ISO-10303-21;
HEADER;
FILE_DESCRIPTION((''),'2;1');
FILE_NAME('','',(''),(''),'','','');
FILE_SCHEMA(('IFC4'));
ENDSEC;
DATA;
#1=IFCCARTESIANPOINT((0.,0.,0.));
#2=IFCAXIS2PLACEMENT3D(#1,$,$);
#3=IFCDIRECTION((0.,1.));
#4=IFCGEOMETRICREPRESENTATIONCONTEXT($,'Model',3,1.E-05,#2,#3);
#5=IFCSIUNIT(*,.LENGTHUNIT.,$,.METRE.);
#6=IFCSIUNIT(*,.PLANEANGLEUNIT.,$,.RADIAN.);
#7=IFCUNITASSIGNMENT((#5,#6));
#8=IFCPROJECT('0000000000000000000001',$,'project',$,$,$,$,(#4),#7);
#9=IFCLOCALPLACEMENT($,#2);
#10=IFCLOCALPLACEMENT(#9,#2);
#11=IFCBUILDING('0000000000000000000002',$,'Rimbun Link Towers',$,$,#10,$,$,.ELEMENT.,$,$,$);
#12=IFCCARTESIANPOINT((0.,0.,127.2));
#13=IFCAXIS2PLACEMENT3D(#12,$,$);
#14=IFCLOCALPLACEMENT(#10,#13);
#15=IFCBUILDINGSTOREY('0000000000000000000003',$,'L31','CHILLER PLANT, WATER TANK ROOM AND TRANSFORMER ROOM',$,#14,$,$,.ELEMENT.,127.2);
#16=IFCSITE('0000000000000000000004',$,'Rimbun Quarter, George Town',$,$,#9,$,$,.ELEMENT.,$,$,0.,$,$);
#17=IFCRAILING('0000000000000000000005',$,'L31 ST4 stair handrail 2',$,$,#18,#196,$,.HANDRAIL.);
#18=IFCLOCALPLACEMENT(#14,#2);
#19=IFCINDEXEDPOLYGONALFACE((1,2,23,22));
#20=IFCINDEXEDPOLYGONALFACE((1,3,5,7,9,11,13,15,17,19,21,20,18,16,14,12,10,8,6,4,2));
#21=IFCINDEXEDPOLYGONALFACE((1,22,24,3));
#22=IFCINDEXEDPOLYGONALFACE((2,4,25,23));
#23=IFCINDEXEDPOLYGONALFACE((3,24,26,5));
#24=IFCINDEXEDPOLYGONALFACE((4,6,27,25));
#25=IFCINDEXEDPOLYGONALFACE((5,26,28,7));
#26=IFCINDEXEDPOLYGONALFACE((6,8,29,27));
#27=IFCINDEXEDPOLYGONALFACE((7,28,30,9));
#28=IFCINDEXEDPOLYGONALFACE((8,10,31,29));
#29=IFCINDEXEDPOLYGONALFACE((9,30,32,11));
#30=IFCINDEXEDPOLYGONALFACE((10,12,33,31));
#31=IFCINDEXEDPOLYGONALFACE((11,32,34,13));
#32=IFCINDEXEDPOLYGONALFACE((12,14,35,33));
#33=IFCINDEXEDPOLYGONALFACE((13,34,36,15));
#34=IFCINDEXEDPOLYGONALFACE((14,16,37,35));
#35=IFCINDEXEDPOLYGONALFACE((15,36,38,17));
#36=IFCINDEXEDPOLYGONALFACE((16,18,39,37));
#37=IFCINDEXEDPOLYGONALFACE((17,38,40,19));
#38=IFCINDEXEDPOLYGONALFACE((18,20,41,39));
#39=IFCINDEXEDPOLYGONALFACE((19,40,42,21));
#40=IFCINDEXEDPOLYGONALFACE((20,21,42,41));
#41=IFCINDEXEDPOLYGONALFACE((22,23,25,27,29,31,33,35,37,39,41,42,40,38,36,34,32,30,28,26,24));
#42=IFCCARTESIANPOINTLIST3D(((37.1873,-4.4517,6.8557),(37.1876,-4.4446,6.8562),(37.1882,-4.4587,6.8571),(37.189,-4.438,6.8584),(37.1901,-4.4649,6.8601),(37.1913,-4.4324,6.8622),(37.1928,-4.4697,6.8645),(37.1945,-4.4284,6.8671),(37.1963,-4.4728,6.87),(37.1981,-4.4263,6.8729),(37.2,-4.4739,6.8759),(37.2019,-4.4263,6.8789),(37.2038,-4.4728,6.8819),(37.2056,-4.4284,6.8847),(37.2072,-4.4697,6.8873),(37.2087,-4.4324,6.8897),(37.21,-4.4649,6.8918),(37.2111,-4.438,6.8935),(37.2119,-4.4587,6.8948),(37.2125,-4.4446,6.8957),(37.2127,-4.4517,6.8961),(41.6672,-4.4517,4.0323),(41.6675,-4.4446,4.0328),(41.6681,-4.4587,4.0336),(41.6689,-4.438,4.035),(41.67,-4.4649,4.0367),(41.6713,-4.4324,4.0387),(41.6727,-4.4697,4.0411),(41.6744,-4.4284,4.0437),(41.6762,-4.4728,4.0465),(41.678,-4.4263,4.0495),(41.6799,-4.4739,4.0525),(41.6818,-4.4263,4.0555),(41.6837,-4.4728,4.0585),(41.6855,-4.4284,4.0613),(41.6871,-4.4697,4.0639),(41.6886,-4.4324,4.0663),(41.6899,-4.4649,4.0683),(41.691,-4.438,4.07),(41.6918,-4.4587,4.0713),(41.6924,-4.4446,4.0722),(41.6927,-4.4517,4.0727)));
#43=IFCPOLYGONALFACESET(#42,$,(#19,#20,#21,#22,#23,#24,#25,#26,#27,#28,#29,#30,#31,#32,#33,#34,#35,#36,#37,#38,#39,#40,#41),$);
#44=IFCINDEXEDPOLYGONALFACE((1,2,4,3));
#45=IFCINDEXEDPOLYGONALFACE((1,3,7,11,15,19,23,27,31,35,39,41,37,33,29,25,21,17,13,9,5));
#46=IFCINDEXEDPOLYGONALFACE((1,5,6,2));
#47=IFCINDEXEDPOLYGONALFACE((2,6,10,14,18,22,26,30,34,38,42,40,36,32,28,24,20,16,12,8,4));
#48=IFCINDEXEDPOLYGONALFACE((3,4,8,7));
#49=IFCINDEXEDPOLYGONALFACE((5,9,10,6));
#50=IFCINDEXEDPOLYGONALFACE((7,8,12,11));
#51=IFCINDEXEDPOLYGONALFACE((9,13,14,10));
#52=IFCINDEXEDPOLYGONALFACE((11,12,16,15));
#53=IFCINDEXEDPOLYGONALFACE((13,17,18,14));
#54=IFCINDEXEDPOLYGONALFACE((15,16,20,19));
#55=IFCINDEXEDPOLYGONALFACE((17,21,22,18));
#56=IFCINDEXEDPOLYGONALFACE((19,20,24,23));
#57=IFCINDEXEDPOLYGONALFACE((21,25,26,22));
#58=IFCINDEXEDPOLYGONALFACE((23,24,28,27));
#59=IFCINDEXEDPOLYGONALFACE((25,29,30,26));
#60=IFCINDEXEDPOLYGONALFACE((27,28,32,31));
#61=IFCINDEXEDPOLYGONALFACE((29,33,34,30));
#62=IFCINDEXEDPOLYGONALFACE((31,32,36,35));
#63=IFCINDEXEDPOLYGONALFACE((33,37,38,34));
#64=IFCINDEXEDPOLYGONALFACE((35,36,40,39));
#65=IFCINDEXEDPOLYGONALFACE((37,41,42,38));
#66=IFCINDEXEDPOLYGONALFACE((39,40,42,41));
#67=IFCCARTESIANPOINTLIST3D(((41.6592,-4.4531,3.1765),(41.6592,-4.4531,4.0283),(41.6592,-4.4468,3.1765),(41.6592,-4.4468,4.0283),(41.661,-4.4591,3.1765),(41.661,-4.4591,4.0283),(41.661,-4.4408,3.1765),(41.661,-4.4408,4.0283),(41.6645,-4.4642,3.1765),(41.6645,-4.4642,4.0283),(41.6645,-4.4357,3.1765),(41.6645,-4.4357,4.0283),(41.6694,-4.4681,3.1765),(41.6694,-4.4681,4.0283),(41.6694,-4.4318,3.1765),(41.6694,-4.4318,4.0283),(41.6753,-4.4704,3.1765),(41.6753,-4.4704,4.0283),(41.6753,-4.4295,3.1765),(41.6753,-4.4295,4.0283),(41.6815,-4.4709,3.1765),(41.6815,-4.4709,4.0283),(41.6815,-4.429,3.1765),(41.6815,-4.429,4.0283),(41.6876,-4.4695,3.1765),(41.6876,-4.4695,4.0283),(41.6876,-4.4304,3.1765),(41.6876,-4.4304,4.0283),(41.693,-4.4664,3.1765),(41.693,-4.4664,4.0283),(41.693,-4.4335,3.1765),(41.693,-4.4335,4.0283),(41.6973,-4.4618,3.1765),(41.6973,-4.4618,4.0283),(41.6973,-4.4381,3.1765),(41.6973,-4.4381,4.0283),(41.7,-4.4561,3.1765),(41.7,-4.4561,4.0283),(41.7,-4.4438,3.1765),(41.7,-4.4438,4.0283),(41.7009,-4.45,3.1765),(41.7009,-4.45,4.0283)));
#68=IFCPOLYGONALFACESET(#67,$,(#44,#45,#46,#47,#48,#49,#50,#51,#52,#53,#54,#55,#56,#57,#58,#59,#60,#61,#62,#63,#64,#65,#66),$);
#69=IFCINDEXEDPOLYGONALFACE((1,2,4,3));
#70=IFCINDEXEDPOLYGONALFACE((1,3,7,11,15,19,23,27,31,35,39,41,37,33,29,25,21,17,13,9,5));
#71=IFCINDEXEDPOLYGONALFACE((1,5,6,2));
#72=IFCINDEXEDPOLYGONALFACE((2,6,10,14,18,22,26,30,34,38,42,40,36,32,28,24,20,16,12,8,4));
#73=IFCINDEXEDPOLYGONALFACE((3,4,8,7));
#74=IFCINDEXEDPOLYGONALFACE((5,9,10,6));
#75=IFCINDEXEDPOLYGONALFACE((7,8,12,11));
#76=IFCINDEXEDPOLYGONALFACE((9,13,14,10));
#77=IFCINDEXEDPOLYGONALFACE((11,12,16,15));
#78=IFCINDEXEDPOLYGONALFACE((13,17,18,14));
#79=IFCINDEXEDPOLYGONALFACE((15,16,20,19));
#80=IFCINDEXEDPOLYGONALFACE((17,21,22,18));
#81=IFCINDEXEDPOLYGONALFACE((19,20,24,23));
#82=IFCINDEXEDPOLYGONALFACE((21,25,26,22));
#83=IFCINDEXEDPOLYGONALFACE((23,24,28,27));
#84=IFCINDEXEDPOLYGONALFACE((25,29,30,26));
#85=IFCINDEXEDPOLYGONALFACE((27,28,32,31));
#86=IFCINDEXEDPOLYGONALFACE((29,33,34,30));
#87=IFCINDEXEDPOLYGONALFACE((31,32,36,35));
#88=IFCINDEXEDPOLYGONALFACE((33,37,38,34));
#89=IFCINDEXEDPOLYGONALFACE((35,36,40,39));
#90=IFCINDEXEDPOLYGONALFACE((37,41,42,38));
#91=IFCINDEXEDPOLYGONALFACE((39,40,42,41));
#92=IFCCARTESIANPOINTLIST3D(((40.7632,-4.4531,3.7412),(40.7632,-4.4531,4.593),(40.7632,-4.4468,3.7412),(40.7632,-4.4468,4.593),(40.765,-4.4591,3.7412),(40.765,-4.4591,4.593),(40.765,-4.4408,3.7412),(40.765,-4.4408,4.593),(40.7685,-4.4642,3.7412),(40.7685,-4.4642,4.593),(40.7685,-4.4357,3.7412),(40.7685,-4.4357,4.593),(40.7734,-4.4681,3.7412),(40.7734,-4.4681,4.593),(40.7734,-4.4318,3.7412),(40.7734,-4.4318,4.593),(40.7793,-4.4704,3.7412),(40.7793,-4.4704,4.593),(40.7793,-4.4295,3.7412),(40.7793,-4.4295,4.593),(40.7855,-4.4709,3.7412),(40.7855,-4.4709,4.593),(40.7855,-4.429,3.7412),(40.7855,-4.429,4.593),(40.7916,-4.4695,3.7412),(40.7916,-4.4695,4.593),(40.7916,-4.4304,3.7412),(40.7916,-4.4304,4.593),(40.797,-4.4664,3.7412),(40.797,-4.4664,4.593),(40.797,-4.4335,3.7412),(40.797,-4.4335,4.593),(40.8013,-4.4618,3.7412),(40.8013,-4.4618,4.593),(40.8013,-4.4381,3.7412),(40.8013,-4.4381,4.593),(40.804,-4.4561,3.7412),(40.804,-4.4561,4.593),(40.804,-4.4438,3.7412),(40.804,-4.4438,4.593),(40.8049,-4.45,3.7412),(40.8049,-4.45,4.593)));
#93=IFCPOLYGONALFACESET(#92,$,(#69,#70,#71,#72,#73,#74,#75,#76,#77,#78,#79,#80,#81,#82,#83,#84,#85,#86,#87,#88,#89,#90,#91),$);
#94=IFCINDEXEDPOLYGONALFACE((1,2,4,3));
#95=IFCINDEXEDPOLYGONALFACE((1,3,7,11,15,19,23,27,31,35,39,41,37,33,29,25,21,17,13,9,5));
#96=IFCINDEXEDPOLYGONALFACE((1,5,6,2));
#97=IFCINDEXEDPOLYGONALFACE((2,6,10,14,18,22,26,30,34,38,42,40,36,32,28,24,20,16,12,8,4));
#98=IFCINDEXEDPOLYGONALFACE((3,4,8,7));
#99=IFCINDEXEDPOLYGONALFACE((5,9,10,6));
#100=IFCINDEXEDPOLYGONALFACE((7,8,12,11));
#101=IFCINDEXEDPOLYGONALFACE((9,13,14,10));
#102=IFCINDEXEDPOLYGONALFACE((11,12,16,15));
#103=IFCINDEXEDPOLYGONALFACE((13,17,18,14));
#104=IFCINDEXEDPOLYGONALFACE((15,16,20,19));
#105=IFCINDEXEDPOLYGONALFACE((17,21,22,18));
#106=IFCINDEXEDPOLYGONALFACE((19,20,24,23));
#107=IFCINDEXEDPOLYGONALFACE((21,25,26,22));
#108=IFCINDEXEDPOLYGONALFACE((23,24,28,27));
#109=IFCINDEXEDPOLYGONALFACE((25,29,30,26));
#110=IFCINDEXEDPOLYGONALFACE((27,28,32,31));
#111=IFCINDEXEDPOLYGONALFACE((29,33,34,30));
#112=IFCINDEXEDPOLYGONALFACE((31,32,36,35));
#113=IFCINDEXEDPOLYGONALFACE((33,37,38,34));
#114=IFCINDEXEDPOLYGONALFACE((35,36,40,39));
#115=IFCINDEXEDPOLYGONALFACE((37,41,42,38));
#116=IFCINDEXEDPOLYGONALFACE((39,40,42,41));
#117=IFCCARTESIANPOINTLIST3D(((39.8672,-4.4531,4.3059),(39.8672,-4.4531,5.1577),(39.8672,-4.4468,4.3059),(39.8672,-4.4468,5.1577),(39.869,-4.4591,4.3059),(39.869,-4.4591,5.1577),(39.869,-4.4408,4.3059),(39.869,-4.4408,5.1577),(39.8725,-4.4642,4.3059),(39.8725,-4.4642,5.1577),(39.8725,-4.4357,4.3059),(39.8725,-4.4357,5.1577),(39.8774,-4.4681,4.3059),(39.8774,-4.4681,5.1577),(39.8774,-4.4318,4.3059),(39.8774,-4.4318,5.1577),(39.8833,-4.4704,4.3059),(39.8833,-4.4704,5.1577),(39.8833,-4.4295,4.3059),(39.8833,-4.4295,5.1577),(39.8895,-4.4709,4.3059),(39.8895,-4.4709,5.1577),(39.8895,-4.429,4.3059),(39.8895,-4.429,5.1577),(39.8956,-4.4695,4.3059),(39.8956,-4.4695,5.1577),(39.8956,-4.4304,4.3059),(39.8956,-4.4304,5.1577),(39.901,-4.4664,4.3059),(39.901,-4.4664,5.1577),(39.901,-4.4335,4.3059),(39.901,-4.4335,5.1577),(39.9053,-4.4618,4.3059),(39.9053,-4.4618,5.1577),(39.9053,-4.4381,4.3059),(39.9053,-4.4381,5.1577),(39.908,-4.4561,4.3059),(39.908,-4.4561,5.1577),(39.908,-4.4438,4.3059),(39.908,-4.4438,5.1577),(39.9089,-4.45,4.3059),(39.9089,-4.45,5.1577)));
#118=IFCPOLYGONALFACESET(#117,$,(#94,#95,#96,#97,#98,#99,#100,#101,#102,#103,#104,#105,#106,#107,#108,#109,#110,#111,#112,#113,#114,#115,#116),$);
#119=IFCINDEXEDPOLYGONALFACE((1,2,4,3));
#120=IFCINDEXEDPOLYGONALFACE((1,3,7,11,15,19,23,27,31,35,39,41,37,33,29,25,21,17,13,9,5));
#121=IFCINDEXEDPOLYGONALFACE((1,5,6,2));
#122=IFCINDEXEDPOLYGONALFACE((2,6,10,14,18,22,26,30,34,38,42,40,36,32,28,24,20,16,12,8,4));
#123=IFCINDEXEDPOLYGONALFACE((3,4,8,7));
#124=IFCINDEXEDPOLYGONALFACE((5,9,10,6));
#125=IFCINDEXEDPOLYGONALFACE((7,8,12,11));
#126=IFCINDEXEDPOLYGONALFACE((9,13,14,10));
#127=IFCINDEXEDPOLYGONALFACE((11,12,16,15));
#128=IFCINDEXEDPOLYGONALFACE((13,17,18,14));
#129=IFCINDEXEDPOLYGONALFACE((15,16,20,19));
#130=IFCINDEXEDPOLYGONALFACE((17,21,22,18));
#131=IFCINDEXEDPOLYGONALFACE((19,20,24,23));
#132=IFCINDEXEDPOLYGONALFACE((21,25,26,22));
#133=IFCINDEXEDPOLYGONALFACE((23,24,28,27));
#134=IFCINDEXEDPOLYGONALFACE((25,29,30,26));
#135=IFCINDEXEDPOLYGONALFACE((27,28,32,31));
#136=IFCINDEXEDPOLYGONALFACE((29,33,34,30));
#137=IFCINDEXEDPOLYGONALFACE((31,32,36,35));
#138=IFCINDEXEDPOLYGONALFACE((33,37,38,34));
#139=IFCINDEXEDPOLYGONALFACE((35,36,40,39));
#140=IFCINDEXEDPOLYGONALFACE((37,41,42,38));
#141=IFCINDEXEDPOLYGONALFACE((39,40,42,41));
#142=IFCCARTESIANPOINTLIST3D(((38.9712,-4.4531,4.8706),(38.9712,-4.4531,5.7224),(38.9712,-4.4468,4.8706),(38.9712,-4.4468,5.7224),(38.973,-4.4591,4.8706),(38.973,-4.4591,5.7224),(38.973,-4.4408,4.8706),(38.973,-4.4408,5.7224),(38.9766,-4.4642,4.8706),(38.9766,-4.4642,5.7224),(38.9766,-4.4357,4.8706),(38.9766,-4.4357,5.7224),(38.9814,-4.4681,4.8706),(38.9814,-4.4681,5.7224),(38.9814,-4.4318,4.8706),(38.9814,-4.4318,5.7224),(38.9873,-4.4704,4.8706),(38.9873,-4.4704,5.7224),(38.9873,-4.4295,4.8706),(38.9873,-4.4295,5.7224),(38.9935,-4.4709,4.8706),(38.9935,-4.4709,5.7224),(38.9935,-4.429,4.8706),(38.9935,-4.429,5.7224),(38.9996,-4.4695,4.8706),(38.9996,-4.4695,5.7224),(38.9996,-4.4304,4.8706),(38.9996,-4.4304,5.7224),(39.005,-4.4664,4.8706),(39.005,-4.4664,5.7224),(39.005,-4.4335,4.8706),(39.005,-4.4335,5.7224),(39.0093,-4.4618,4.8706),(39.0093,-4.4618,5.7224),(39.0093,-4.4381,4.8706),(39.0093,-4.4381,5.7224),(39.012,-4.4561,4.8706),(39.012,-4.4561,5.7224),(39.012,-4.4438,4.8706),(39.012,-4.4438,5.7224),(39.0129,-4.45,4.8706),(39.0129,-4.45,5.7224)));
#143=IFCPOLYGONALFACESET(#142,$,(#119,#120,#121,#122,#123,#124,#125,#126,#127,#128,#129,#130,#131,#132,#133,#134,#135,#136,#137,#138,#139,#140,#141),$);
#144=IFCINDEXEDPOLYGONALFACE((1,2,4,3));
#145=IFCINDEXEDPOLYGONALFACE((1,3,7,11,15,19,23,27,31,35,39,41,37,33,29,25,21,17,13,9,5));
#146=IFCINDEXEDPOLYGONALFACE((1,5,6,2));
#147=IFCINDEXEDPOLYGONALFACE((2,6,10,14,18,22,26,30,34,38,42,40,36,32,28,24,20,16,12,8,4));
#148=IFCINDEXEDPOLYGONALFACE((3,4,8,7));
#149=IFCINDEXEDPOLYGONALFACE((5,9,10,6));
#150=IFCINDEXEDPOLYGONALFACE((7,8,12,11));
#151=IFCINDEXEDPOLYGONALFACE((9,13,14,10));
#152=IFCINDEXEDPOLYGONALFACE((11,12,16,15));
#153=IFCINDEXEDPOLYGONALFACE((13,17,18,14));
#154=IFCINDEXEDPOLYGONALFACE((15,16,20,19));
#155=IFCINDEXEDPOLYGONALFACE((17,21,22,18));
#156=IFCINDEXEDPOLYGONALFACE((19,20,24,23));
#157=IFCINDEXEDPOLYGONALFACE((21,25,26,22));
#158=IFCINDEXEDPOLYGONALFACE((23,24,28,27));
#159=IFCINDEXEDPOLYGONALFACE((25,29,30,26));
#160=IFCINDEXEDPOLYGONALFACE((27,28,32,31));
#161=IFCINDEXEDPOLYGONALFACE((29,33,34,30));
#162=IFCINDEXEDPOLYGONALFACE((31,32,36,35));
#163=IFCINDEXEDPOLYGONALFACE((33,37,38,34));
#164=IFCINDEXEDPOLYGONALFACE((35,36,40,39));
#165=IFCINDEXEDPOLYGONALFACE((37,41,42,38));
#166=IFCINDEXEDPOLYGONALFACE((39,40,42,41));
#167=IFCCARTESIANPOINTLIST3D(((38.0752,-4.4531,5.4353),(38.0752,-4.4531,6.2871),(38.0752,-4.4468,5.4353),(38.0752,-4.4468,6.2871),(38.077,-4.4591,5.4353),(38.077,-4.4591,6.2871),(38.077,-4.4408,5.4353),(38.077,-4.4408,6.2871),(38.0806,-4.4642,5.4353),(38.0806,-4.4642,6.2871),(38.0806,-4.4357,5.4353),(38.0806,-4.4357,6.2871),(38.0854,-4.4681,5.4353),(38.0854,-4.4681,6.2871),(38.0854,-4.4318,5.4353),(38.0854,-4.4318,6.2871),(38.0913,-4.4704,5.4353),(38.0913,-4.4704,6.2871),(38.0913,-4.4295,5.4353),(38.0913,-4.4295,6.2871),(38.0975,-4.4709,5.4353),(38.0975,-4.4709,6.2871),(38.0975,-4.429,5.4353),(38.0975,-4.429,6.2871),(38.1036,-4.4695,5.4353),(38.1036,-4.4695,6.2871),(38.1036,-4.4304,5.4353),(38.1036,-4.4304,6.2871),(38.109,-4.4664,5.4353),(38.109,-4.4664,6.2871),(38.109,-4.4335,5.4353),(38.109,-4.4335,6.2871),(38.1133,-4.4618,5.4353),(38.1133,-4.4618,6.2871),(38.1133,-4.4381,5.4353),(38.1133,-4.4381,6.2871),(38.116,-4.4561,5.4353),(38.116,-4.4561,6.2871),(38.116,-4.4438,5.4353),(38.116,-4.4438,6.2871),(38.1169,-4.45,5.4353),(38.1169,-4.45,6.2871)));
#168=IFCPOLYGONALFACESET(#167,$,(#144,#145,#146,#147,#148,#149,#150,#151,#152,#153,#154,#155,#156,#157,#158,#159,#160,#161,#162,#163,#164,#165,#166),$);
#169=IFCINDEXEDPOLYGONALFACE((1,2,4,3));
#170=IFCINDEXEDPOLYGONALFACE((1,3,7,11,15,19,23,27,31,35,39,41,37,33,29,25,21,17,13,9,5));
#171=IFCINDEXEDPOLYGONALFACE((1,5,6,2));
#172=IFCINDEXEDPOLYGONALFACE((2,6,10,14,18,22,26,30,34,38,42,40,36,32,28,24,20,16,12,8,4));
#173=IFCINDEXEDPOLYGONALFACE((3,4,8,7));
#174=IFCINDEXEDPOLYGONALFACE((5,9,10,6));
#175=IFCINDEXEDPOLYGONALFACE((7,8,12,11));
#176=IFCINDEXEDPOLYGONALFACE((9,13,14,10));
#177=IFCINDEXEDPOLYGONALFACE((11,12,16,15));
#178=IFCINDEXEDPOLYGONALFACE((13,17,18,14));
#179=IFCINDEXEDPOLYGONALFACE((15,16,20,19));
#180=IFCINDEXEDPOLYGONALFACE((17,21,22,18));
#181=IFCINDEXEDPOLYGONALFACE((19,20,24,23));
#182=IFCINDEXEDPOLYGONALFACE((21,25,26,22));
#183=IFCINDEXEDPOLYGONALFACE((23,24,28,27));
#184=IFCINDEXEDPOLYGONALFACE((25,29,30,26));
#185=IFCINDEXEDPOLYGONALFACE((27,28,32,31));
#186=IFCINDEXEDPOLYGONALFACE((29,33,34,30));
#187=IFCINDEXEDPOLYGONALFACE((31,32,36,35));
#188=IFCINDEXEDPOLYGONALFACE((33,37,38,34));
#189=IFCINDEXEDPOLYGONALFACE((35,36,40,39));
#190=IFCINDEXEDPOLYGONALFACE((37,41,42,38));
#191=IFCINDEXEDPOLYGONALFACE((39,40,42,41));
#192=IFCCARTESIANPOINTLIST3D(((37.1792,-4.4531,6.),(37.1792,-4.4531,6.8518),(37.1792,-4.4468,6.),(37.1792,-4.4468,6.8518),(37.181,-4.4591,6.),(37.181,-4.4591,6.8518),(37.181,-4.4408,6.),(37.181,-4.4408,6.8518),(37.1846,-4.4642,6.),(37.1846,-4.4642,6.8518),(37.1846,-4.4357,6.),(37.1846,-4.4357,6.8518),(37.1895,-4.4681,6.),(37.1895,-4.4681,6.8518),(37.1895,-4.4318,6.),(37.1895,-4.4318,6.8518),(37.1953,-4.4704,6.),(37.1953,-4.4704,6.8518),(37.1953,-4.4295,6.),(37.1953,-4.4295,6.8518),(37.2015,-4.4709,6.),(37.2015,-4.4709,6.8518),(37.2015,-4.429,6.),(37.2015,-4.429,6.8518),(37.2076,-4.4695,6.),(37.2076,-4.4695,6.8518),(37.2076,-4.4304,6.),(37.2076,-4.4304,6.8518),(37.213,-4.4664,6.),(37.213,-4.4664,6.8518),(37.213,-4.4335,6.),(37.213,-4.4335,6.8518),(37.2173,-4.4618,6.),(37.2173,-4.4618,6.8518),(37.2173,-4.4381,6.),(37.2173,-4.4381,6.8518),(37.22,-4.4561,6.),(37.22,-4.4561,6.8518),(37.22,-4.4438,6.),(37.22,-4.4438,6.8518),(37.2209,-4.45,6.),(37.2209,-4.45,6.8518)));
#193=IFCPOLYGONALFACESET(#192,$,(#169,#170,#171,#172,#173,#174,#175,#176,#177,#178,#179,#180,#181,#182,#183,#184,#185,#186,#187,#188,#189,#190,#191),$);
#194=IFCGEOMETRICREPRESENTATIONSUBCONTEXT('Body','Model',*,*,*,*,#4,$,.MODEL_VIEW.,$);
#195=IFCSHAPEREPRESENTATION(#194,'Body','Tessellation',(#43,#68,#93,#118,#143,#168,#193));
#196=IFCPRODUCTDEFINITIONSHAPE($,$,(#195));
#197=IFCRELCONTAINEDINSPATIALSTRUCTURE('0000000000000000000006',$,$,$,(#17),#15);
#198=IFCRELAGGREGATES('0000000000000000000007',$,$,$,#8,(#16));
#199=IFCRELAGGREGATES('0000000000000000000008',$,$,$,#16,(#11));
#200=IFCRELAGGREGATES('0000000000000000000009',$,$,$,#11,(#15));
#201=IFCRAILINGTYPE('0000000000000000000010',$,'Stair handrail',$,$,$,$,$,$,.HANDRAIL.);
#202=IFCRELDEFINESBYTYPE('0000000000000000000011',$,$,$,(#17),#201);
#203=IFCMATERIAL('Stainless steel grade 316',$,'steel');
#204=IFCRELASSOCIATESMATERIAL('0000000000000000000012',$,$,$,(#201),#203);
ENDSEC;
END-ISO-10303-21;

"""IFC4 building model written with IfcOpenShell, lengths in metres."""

from ifc_helpers import new_model, si_unit, direction, frame, origin, origin_2d, place, context, subcontext, project, spatial, circle, extrude, material, type_object, element, save


model = new_model("IFC4")

# Units and contexts
model_context = context("Model", 3, precision=1e-05, world=origin(), true_north=direction((0.0, 1.0)))
body_context = subcontext(model_context, "Body", "Model", "MODEL_VIEW")
ifc_project = project(units=[si_unit("LENGTHUNIT", "METRE"), si_unit("PLANEANGLEUNIT", "RADIAN")], contexts=[model_context])

# Site, building, storey
site_placement = place(None, origin())
site = spatial("IfcSite", under=ifc_project, at=site_placement, Name="Rimbun Quarter, George Town", CompositionType="ELEMENT", RefElevation=0.0)
building_placement = place(site_placement, origin())
building = spatial("IfcBuilding", under=site, at=building_placement, Name="Rimbun Link Towers", CompositionType="ELEMENT")
storey_placement = place(building_placement, frame((0.0, 0.0, 127.2)))
storey = spatial("IfcBuildingStorey", under=building, at=storey_placement, Name="L31", Description="CHILLER PLANT, WATER TANK ROOM AND TRANSFORMER ROOM", CompositionType="ELEMENT", Elevation=127.2)

# Railing
ifc_material_1 = material(Name="Stainless steel grade 316", Category="steel")
railing_type_1 = type_object("IfcRailingType", Name="Stair handrail", PredefinedType="HANDRAIL", material=ifc_material_1)
railing_1_placement = place(storey_placement, frame((41.6799, -4.45, 3.1765)))
element("IfcRailing", 1, at=railing_1_placement, inside=storey, type_object=railing_type_1, Name="L31 ST4 stair handrail 2", PredefinedType="HANDRAIL", context=body_context, shape_type="SweptSolid", body=[
    extrude(circle(Radius=0.0239, at=origin_2d()), frame((0.0, 0.0, 0.876), z_axis=(-0.845998, 0.0, 0.533186), x_axis=(0.0, -1.0, 0.0)), (0.0, 0.0, 1.0), 5.2954),
    extrude(circle(Radius=0.021, at=origin_2d()), origin(), (0.0, 0.0, 1.0), 0.8518),
    extrude(circle(Radius=0.021, at=origin_2d()), frame((-0.896, 0.0, 0.5647)), (0.0, 0.0, 1.0), 0.8518),
    extrude(circle(Radius=0.021, at=origin_2d()), frame((-1.792, 0.0, 1.1294)), (0.0, 0.0, 1.0), 0.8518),
    extrude(circle(Radius=0.021, at=origin_2d()), frame((-2.688, 0.0, 1.6941)), (0.0, 0.0, 1.0), 0.8518),
    extrude(circle(Radius=0.021, at=origin_2d()), frame((-3.584, 0.0, 2.2588)), (0.0, 0.0, 1.0), 0.8518),
    extrude(circle(Radius=0.021, at=origin_2d()), frame((-4.48, 0.0, 2.8235)), (0.0, 0.0, 1.0), 0.8518),
])

save(model, "model.ifc")
